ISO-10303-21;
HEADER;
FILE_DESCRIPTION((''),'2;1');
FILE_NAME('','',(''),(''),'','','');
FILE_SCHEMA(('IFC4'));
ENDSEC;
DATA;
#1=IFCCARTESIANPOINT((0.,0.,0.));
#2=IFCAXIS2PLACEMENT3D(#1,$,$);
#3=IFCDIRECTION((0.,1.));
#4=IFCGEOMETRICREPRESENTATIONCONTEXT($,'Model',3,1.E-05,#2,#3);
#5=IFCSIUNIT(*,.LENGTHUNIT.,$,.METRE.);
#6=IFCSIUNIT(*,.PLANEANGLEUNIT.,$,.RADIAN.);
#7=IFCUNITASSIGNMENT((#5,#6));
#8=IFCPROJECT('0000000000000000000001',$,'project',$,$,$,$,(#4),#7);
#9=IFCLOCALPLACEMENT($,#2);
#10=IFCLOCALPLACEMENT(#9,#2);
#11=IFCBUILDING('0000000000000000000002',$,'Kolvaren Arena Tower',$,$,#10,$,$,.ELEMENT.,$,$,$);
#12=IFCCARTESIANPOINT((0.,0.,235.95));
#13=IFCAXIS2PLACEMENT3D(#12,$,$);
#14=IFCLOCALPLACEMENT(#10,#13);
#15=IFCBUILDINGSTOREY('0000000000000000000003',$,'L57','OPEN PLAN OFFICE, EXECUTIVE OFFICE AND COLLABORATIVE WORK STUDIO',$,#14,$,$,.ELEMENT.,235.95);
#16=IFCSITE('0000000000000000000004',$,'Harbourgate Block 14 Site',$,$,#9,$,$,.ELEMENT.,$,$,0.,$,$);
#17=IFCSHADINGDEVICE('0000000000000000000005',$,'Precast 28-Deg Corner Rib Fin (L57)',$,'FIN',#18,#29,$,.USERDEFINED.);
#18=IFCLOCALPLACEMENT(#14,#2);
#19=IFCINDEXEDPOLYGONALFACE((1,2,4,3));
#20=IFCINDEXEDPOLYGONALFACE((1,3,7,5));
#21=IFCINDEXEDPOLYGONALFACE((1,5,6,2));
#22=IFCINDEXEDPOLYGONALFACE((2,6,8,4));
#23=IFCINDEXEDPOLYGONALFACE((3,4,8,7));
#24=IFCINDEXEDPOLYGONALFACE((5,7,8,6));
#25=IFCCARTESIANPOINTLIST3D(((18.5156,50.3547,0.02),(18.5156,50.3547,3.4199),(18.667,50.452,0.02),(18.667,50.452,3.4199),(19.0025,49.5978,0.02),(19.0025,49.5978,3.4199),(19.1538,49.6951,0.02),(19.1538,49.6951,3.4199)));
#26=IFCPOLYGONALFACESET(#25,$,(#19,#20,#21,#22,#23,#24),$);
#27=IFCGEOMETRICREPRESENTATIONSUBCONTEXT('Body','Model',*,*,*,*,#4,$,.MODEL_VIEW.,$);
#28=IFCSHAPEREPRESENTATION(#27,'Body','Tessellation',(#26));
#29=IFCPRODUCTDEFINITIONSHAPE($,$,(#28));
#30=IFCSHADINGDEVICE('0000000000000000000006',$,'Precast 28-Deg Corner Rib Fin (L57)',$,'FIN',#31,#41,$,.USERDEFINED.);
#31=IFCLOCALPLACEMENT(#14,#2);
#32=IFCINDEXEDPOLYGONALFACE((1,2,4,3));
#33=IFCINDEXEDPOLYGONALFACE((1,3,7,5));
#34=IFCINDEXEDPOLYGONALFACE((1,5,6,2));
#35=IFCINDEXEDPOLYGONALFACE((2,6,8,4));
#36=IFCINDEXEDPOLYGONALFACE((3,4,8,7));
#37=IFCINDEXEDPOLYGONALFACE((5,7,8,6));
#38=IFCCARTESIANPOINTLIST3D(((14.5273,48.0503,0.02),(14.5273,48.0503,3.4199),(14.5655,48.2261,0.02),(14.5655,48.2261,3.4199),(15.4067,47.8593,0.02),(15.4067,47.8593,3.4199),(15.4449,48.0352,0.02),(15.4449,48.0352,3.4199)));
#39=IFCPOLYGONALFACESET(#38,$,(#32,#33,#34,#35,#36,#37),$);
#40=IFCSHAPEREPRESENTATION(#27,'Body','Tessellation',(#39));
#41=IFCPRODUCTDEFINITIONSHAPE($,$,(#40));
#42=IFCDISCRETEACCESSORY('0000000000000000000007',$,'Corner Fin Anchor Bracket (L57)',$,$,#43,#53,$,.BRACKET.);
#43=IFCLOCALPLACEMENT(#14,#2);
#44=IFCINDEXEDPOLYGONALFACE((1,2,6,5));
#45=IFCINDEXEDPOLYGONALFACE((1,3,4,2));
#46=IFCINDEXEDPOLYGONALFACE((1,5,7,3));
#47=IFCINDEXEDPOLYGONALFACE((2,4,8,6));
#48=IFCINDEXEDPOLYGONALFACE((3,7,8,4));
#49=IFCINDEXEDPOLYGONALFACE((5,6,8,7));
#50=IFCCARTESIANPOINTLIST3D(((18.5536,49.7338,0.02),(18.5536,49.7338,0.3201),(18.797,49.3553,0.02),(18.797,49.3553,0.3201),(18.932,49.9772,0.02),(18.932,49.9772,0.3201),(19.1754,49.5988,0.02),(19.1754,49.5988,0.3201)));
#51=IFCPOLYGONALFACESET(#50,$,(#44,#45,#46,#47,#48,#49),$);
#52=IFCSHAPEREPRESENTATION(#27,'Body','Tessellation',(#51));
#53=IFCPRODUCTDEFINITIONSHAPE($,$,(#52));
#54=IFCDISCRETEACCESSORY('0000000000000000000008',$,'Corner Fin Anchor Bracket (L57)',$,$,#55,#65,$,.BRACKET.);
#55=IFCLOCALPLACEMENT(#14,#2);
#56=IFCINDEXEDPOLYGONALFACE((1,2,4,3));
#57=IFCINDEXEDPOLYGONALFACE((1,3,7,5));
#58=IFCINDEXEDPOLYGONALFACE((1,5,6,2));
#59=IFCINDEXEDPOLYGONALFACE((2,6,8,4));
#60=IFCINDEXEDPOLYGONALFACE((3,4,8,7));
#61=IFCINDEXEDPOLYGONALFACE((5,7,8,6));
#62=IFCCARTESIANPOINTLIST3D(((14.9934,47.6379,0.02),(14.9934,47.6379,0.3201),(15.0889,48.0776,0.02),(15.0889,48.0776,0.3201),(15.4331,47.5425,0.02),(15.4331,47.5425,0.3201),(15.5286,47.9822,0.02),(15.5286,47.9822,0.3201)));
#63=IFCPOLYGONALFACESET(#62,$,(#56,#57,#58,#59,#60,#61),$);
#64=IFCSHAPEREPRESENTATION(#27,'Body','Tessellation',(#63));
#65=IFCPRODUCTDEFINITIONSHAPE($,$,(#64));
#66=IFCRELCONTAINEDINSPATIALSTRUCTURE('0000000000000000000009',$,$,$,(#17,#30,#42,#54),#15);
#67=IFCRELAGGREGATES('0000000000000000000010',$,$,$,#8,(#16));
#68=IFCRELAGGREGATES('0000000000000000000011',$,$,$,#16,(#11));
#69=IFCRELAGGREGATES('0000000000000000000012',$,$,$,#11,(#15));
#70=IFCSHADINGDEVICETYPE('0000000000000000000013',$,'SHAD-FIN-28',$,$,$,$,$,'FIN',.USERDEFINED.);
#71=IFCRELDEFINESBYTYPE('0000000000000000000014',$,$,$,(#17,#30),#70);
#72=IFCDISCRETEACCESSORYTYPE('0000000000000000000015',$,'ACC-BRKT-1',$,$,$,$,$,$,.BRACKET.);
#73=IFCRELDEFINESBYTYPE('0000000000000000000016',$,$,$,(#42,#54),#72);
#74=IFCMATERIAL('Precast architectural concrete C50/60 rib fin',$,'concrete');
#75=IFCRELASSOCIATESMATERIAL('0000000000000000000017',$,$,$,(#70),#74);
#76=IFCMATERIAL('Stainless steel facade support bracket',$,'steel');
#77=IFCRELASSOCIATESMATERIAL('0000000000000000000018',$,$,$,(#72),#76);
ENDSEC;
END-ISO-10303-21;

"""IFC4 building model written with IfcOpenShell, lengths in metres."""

from ifc_helpers import new_model, si_unit, direction, frame, origin, origin_2d, place, context, subcontext, project, spatial, rectangle, extrude, material, type_object, element, save


model = new_model("IFC4")

# Units and contexts
model_context = context("Model", 3, precision=1e-05, world=origin(), true_north=direction((0.0, 1.0)))
body_context = subcontext(model_context, "Body", "Model", "MODEL_VIEW")
ifc_project = project(units=[si_unit("LENGTHUNIT", "METRE"), si_unit("PLANEANGLEUNIT", "RADIAN")], contexts=[model_context])

# Site, building, storey
site_placement = place(None, origin())
site = spatial("IfcSite", under=ifc_project, at=site_placement, Name="Harbourgate Block 14 Site", CompositionType="ELEMENT", RefElevation=0.0)
building_placement = place(site_placement, origin())
building = spatial("IfcBuilding", under=site, at=building_placement, Name="Kolvaren Arena Tower", CompositionType="ELEMENT")
storey_placement = place(building_placement, frame((0.0, 0.0, 235.95)))
storey = spatial("IfcBuildingStorey", under=building, at=storey_placement, Name="L57", Description="OPEN PLAN OFFICE, EXECUTIVE OFFICE AND COLLABORATIVE WORK STUDIO", CompositionType="ELEMENT", Elevation=235.95)

# Shading devices
ifc_material_1 = material(Name="Precast architectural concrete C50/60 rib fin", Category="concrete")
shading_device_type = type_object("IfcShadingDeviceType", Name="SHAD-FIN-28", ElementType="FIN", PredefinedType="USERDEFINED", material=ifc_material_1)
for number, where, z_axis, x_axis, name in (
    (1, (18.8347, 50.0249, 0.02), (0.0, 0.0, 1.0), (-0.540982, 0.841034, 0.0), "Precast 28-Deg Corner Rib Fin (L57)"),
    (2, (14.9861, 48.0427, 0.02), (0.0, 0.0, 1.0), (-0.977234, 0.212162, 0.0), "Precast 28-Deg Corner Rib Fin (L57)"),
):
    element("IfcShadingDevice", number, at=place(storey_placement, frame(where, z_axis=z_axis, x_axis=x_axis)), inside=storey, type_object=shading_device_type, Name=name, ObjectType="FIN", PredefinedType="USERDEFINED", context=body_context, shape_type="SweptSolid", body=[
        extrude(rectangle(XDim=0.8999, YDim=0.1799, at=origin_2d()), origin(), (0.0, 0.0, 1.0), 3.3999),
    ])

# Discrete accessories
ifc_material_2 = material(Name="Stainless steel facade support bracket", Category="steel")
discrete_accessory_type = type_object("IfcDiscreteAccessoryType", Name="ACC-BRKT-1", PredefinedType="BRACKET", material=ifc_material_2)
for number, where, z_axis, x_axis, name in (
    (3, (18.8645, 49.6663, 0.02), (0.0, 0.0, 1.0), (-0.540982, 0.841034, 0.0), "Corner Fin Anchor Bracket (L57)"),
    (4, (15.261, 47.8101, 0.02), (0.0, 0.0, 1.0), (-0.977234, 0.212162, 0.0), "Corner Fin Anchor Bracket (L57)"),
):
    element("IfcDiscreteAccessory", number, at=place(storey_placement, frame(where, z_axis=z_axis, x_axis=x_axis)), inside=storey, type_object=discrete_accessory_type, Name=name, PredefinedType="BRACKET", context=body_context, shape_type="SweptSolid", body=[
        extrude(rectangle(XDim=0.45, YDim=0.45, at=origin_2d()), origin(), (0.0, 0.0, 1.0), 0.3),
    ])

save(model, "model.ifc")
